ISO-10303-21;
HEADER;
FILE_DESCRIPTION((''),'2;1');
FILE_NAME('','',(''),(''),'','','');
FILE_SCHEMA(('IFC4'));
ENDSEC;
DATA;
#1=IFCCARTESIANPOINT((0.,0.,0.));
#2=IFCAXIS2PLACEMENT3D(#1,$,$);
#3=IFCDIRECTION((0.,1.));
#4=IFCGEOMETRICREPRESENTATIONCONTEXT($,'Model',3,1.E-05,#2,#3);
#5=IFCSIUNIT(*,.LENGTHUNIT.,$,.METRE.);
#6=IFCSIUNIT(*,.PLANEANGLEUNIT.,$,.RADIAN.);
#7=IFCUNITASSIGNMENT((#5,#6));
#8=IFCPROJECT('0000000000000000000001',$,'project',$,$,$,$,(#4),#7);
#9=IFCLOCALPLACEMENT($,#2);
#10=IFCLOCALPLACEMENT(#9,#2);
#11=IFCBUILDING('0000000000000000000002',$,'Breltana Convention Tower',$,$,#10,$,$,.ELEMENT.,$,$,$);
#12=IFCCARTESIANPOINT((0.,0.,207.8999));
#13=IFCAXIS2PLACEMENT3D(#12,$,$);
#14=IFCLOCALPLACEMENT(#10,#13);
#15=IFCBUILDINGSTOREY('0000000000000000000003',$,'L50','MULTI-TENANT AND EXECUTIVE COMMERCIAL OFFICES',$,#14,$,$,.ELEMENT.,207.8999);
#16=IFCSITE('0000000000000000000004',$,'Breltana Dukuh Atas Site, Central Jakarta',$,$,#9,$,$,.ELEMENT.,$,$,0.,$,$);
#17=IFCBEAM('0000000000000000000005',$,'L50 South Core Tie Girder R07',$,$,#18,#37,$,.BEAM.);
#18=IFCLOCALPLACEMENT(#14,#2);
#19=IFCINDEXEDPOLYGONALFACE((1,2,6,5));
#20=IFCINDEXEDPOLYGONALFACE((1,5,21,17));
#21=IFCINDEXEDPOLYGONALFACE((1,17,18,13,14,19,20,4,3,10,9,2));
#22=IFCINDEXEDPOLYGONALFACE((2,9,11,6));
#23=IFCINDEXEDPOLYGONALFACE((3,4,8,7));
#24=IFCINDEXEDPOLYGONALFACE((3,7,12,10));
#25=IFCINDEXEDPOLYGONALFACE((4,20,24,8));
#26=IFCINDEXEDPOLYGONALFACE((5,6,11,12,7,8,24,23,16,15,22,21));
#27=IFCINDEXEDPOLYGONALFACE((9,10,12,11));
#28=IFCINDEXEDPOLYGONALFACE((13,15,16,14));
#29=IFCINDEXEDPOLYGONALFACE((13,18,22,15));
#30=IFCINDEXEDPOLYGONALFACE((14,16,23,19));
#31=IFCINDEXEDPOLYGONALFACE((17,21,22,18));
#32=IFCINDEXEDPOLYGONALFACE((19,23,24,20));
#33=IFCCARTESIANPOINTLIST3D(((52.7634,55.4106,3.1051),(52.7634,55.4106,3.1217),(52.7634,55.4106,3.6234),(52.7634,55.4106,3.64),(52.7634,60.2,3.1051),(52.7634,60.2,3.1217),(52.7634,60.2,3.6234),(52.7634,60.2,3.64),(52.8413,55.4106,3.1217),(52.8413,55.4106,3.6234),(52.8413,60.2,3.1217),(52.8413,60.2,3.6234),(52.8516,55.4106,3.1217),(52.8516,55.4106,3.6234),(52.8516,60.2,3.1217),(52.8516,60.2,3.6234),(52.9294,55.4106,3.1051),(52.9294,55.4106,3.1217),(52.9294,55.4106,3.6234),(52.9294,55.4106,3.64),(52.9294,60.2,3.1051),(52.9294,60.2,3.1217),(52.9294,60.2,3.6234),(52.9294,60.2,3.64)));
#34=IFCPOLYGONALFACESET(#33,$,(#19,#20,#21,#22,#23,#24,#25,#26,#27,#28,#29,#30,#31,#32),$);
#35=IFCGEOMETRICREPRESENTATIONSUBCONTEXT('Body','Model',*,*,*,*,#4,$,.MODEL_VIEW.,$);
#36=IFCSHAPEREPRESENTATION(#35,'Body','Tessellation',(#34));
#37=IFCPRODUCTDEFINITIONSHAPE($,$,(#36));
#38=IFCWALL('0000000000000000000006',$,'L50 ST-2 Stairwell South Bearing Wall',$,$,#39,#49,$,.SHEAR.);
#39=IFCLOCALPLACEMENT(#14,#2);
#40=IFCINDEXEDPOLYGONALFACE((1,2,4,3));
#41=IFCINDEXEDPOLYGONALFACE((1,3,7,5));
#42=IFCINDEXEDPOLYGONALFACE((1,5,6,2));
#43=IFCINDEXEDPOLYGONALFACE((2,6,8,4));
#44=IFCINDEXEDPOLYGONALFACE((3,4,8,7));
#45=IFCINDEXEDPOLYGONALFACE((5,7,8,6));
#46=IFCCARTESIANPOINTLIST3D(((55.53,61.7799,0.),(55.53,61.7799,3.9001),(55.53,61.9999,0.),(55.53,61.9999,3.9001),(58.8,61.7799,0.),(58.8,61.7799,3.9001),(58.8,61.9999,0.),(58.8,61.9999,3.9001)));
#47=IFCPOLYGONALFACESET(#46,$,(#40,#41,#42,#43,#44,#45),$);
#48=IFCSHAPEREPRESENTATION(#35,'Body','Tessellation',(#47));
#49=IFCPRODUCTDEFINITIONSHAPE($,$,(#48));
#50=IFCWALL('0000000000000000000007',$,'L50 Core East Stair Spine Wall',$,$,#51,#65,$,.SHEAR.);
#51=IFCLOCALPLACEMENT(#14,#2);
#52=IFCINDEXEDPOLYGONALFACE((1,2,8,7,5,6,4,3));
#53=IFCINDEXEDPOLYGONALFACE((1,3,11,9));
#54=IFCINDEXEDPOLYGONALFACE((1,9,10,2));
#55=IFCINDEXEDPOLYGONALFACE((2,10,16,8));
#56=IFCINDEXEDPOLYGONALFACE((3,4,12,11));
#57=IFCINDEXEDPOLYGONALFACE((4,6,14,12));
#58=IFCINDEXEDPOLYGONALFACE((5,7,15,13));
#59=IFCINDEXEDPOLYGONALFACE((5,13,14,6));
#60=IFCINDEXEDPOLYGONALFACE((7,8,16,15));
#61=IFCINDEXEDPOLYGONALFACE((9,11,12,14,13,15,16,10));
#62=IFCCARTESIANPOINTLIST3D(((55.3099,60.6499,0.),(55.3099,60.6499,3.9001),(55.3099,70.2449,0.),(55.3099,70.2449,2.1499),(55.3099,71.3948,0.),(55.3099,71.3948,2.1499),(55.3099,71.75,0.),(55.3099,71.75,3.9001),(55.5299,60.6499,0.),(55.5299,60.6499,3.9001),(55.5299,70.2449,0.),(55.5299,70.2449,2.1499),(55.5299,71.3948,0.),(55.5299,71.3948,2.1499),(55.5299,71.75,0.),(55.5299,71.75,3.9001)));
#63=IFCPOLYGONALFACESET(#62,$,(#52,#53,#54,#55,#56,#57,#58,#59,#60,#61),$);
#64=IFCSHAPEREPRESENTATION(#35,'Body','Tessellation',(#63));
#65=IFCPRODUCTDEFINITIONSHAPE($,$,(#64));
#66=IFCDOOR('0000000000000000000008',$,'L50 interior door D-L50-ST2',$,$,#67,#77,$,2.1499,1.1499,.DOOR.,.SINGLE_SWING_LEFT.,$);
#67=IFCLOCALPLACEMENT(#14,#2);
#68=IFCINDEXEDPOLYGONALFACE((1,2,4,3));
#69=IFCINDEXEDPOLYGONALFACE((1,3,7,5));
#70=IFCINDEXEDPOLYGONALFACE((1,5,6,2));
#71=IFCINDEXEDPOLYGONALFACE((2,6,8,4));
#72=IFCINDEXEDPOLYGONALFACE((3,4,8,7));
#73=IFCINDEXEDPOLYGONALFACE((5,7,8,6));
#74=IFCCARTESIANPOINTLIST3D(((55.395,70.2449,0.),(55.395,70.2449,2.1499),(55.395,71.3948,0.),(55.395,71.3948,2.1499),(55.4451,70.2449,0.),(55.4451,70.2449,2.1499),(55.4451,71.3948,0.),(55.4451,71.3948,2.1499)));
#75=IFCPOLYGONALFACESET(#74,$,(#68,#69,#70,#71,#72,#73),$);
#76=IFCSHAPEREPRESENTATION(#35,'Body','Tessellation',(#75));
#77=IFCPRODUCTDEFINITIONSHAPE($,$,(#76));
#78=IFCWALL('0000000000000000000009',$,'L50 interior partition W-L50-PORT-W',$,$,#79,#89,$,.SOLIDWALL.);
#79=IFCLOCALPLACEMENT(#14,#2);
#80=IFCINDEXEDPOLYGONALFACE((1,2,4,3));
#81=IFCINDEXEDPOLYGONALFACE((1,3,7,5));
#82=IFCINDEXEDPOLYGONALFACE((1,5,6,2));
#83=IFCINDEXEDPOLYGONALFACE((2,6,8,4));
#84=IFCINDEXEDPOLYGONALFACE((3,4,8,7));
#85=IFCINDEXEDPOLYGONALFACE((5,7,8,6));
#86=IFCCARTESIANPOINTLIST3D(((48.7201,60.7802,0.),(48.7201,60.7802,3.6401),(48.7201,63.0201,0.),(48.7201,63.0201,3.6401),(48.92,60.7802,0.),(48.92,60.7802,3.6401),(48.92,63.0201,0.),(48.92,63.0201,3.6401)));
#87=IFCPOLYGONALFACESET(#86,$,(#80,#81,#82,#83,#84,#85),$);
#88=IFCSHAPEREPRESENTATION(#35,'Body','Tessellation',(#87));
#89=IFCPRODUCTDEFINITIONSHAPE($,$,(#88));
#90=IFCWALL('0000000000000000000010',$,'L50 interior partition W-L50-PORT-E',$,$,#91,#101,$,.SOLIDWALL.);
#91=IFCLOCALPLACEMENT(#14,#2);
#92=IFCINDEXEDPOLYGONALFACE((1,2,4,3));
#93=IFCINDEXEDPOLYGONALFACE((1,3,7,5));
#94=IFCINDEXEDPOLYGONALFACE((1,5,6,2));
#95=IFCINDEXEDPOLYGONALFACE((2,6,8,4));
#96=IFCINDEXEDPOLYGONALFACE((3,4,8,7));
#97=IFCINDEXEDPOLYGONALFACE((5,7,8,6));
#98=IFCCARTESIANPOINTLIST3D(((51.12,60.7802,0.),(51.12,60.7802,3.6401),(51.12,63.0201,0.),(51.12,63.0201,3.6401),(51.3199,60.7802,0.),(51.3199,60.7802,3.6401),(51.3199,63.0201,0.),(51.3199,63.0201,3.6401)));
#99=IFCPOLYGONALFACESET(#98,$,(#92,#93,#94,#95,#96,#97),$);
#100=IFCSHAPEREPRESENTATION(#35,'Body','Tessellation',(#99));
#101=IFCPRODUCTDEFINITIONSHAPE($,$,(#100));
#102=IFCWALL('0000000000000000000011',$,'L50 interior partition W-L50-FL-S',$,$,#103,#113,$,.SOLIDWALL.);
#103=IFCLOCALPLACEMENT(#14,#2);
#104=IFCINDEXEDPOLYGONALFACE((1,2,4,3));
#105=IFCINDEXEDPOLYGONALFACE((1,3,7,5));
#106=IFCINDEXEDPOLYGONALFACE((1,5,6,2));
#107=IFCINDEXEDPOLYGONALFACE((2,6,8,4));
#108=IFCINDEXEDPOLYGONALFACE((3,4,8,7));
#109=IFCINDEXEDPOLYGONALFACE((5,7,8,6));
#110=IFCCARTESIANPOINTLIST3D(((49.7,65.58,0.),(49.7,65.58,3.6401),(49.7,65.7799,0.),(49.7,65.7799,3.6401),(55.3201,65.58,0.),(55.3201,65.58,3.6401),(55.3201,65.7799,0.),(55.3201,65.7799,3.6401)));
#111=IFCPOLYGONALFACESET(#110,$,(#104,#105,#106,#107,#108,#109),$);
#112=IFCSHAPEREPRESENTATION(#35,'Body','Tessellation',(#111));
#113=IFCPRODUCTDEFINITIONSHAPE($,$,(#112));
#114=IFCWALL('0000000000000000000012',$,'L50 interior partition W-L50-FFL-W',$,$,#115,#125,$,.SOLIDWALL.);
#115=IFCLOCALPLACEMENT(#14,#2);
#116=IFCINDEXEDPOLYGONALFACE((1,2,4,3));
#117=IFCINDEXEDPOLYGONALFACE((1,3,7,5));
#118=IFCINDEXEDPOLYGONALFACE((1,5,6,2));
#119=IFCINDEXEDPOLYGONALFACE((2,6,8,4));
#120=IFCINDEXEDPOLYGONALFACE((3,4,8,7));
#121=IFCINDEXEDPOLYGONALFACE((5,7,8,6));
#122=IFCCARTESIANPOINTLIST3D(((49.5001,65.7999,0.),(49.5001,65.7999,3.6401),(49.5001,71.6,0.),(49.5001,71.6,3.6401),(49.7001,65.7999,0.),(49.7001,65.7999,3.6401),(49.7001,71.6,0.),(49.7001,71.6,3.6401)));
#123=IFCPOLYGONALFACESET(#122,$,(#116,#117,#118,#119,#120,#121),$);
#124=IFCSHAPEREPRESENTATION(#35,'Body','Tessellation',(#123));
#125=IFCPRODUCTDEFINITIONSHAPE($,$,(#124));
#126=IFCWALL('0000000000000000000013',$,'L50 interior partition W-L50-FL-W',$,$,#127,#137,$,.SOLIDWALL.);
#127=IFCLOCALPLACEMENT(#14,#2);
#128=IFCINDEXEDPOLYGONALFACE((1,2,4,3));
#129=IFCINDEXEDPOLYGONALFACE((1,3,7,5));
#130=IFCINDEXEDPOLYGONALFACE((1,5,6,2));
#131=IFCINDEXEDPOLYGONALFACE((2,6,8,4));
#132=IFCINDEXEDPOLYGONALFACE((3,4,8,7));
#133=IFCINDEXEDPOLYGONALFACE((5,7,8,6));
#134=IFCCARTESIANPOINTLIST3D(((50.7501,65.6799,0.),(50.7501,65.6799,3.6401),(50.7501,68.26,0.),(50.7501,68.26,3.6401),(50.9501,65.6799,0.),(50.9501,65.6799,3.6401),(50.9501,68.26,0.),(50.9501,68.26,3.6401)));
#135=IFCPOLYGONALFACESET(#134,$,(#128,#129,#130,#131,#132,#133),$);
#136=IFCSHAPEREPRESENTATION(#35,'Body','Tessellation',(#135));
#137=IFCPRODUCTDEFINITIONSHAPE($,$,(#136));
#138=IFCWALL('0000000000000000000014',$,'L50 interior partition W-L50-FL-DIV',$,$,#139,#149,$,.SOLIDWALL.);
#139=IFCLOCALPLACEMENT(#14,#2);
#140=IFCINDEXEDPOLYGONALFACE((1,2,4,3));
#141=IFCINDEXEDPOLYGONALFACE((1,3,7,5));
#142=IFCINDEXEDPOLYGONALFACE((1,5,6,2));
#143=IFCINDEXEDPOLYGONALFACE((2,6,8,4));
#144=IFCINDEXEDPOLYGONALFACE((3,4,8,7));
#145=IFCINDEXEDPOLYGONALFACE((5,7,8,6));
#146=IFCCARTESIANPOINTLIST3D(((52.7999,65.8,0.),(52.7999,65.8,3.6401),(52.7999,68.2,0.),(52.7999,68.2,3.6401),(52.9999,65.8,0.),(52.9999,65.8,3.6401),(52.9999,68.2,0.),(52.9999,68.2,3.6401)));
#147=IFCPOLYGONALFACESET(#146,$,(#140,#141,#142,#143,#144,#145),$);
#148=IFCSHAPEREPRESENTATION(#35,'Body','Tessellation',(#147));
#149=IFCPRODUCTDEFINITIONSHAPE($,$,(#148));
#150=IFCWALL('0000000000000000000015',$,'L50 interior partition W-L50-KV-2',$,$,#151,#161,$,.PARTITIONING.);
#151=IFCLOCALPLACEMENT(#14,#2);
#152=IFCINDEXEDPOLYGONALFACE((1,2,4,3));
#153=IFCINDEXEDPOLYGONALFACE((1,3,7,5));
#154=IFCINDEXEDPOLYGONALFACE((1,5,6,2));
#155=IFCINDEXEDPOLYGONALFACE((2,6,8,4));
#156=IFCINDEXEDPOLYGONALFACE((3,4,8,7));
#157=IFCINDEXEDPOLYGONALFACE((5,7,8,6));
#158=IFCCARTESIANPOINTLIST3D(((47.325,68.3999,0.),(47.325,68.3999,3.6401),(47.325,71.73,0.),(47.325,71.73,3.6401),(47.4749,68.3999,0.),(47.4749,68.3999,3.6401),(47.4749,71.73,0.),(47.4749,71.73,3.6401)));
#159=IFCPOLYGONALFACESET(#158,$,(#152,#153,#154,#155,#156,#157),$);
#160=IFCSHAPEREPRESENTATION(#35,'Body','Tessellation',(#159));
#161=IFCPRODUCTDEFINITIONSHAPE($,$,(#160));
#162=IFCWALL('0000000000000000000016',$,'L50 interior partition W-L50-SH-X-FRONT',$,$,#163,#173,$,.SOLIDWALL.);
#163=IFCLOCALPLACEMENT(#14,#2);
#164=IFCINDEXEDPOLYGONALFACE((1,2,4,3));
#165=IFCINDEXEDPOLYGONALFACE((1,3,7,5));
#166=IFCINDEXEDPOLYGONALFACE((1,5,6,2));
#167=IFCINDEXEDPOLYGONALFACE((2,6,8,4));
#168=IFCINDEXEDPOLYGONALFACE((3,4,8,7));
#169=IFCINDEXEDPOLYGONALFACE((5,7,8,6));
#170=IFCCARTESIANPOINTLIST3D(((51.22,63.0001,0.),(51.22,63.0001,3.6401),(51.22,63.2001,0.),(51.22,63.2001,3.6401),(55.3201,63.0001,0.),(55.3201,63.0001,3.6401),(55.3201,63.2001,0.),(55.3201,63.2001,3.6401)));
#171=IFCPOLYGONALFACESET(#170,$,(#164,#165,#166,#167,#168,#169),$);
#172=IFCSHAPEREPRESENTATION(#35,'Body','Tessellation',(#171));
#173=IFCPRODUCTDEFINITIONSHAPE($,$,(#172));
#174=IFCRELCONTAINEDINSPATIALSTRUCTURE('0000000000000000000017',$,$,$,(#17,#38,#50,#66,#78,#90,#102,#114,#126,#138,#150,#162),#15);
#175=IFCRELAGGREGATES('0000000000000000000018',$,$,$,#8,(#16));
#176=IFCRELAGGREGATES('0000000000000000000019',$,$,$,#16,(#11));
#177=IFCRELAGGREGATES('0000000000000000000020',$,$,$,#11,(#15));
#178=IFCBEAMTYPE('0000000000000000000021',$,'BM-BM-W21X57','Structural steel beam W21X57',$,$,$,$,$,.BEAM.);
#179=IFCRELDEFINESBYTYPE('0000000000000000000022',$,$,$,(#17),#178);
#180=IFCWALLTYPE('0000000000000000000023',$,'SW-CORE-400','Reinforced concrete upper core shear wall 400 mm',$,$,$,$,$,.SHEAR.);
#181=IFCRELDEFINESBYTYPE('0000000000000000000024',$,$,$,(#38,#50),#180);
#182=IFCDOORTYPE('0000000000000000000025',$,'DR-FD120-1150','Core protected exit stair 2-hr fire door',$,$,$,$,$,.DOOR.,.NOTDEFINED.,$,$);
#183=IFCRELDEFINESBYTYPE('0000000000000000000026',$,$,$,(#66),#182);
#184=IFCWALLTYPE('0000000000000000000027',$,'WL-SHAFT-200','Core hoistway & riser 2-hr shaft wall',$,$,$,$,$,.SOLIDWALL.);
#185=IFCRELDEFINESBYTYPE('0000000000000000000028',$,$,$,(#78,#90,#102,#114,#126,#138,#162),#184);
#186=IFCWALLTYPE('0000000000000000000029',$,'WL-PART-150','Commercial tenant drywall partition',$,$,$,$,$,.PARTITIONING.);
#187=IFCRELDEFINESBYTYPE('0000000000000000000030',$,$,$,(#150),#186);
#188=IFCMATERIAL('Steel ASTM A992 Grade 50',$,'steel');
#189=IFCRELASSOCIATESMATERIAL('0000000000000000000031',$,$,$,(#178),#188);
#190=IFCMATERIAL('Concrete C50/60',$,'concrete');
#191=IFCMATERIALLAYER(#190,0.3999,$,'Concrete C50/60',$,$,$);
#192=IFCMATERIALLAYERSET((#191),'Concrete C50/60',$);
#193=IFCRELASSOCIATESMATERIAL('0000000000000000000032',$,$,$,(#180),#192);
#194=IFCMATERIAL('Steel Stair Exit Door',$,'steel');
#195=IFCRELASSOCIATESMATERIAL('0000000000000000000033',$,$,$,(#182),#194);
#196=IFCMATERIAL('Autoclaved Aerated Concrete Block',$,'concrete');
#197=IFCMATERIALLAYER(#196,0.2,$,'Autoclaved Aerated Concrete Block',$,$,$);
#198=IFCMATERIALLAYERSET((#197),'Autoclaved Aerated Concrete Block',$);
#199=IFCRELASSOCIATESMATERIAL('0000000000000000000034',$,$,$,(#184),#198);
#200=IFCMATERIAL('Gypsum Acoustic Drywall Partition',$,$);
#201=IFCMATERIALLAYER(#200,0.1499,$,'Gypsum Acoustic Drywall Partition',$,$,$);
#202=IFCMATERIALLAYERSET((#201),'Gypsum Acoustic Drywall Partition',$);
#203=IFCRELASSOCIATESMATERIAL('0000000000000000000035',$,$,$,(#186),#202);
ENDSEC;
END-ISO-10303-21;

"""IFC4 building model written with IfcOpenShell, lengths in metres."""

from ifc_helpers import new_model, si_unit, direction, frame, frame_2d, origin, origin_2d, place, context, subcontext, project, spatial, rectangle, i_section, extrude, source, transform, mapped, material, layer, layer_set, material_profile, profile_set, type_object, type_shapes, element, fill, save


model = new_model("IFC4")

# Units and contexts
model_context = context("Model", 3, precision=1e-05, world=origin(), true_north=direction((0.0, 1.0)))
body_context = subcontext(model_context, "Body", "Model", "MODEL_VIEW")
ifc_project = project(units=[si_unit("LENGTHUNIT", "METRE"), si_unit("PLANEANGLEUNIT", "RADIAN")], contexts=[model_context])

# Site, building, storey
site_placement = place(None, origin())
site = spatial("IfcSite", under=ifc_project, at=site_placement, Name="Breltana Dukuh Atas Site, Central Jakarta", CompositionType="ELEMENT", RefElevation=0.0)
building_placement = place(site_placement, origin())
building = spatial("IfcBuilding", under=site, at=building_placement, Name="Breltana Convention Tower", CompositionType="ELEMENT")
storey_placement = place(building_placement, frame((0.0, 0.0, 207.8999)))
storey = spatial("IfcBuildingStorey", under=building, at=storey_placement, Name="L50", Description="MULTI-TENANT AND EXECUTIVE COMMERCIAL OFFICES", CompositionType="ELEMENT", Elevation=207.8999)

# Beam
ifc_material_1 = material(Name="Steel ASTM A992 Grade 50", Category="steel")
ifc_material_profile = material_profile(ifc_material_1, i_section(OverallWidth=0.166, OverallDepth=0.5349, WebThickness=0.0103, FlangeThickness=0.0166, at=origin_2d()), Name="W21X57")
ifc_profile_set = profile_set([ifc_material_profile], Name="Steel ASTM A992 Grade 50")
beam_type = type_object("IfcBeamType", Name="BM-BM-W21X57", Description="Structural steel beam W21X57", PredefinedType="BEAM", material=ifc_profile_set)
shared_shape_1 = source(origin(), body_context, "Body", "SweptSolid", [
    extrude(i_section(OverallWidth=0.166, OverallDepth=0.5349, WebThickness=0.0103, FlangeThickness=0.0166, at=origin_2d()), origin(), (0.0, 0.0, 1.0), 4.7893),
])
beam_placement = place(storey_placement, frame((52.8464, 60.2, 3.3726), z_axis=(0.0, -1.0, 0.0), x_axis=(1.0, 0.0, 0.0)))
element("IfcBeam", 1, at=beam_placement, inside=storey, type_object=beam_type, Name="L50 South Core Tie Girder R07", PredefinedType="BEAM", context=body_context, shape_type="MappedRepresentation", body=[
    mapped(shared_shape_1, transform((0.0, 0.0, 0.0), scale=1.0)),
])

# Wall
ifc_material_2 = material(Name="Concrete C50/60", Category="concrete")
ifc_layer_1 = layer(ifc_material_2, 0.3999, Name="Concrete C50/60")
ifc_layer_set_1 = layer_set([ifc_layer_1], Name="Concrete C50/60")
wall_type_1 = type_object("IfcWallType", Name="SW-CORE-400", Description="Reinforced concrete upper core shear wall 400 mm", PredefinedType="SHEAR", material=ifc_layer_set_1)
shared_shape_2 = source(origin(), body_context, "Body", "SweptSolid", [
    extrude(rectangle(XDim=3.27, YDim=0.22, at=frame_2d((1.635, 0.0))), origin(), (0.0, 0.0, 1.0), 3.9001),
])
wall_1_placement = place(storey_placement, frame((55.53, 61.8899, 0.0), z_axis=(0.0, 0.0, 1.0), x_axis=(1.0, 0.0, 0.0)))
element("IfcWall", 2, at=wall_1_placement, inside=storey, type_object=wall_type_1, Name="L50 ST-2 Stairwell South Bearing Wall", PredefinedType="SHEAR", context=body_context, shape_type="MappedRepresentation", body=[
    mapped(shared_shape_2, transform((0.0, 0.0, 0.0), scale=1.0)),
])

# Wall, opening, door
shared_shape_3 = source(origin(), body_context, "Body", "SweptSolid", [
    extrude(rectangle(XDim=11.1001, YDim=0.22, at=frame_2d((5.55, 0.0))), origin(), (0.0, 0.0, 1.0), 3.9001),
])
wall_2_placement = place(storey_placement, frame((55.4199, 60.6499, 0.0), z_axis=(0.0, 0.0, 1.0), x_axis=(0.0, 1.0, 0.0)))
wall_2 = element("IfcWall", 3, at=wall_2_placement, inside=storey, type_object=wall_type_1, Name="L50 Core East Stair Spine Wall", PredefinedType="SHEAR", context=body_context, shape_type="MappedRepresentation", body=[
    mapped(shared_shape_3, transform((0.0, 0.0, 0.0), scale=1.0)),
])
opening_1_placement = place(wall_2_placement, frame((9.595, 0.0, 0.0)))
opening_1 = element("IfcOpeningElement", 4, at=opening_1_placement, cuts=wall_2, PredefinedType="OPENING", context=body_context, shape_type="SweptSolid", body=[
    extrude(rectangle(XDim=1.1499, YDim=2.1499, at=frame_2d((0.575, 1.075))), frame((0.0, 0.1201, 0.0), z_axis=(0.0, -1.0, 0.0), x_axis=(1.0, 0.0, 0.0)), (0.0, 0.0, 1.0), 0.24),
])
ifc_material_3 = material(Name="Steel Stair Exit Door", Category="steel")
door_type_1 = type_object("IfcDoorType", Name="DR-FD120-1150", Description="Core protected exit stair 2-hr fire door", OperationType="NOTDEFINED", PredefinedType="DOOR", material=ifc_material_3)
shared_shape_4 = source(origin(), body_context, "Body", "SweptSolid", [
    extrude(rectangle(XDim=1.1499, YDim=2.1499, at=frame_2d((0.575, 1.075))), frame((0.0, 0.0249, 0.0), z_axis=(0.0, -1.0, 0.0), x_axis=(1.0, 0.0, 0.0)), (0.0, 0.0, 1.0), 0.05),
])
type_shapes(door_type_1, [shared_shape_4])
door_1_placement = place(opening_1_placement, origin())
door_1 = element("IfcDoor", 5, at=door_1_placement, inside=storey, type_object=door_type_1, Name="L50 interior door D-L50-ST2", OperationType="SINGLE_SWING_LEFT", OverallHeight=2.1499, OverallWidth=1.1499, PredefinedType="DOOR", context=body_context, shape_type="MappedRepresentation", body=[
    mapped(shared_shape_4, transform((0.0, 0.0, 0.0), scale=1.0)),
])
fill(opening_1, door_1)

# Walls
ifc_material_4 = material(Name="Autoclaved Aerated Concrete Block", Category="concrete")
ifc_layer_2 = layer(ifc_material_4, 0.2, Name="Autoclaved Aerated Concrete Block")
ifc_layer_set_2 = layer_set([ifc_layer_2], Name="Autoclaved Aerated Concrete Block")
wall_type_2 = type_object("IfcWallType", Name="WL-SHAFT-200", Description="Core hoistway & riser 2-hr shaft wall", PredefinedType="SOLIDWALL", material=ifc_layer_set_2)
shared_shape_5 = source(origin(), body_context, "Body", "SweptSolid", [
    extrude(rectangle(XDim=2.24, YDim=0.2, at=frame_2d((1.1201, 0.0))), origin(), (0.0, 0.0, 1.0), 3.6401),
])
for number, where, z_axis, x_axis, name in (
    (6, (48.8201, 60.78, 0.0), (0.0, 0.0, 1.0), (0.0, 1.0, 0.0), "L50 interior partition W-L50-PORT-W"),
    (7, (51.22, 60.78, 0.0), (0.0, 0.0, 1.0), (0.0, 1.0, 0.0), "L50 interior partition W-L50-PORT-E"),
):
    element("IfcWall", number, at=place(storey_placement, frame(where, z_axis=z_axis, x_axis=x_axis)), inside=storey, type_object=wall_type_2, Name=name, PredefinedType="SOLIDWALL", context=body_context, shape_type="MappedRepresentation", body=[
        mapped(shared_shape_5, transform((0.0, 0.0, 0.0), scale=1.0)),
    ])

# Shared definitions
shared_shape_6 = source(origin(), body_context, "Body", "SweptSolid", [
    extrude(rectangle(XDim=5.6201, YDim=0.2, at=frame_2d((2.8101, 0.0))), origin(), (0.0, 0.0, 1.0), 3.6401),
])

# Walls
wall_3_placement = place(storey_placement, frame((49.7, 65.6799, 0.0), z_axis=(0.0, 0.0, 1.0), x_axis=(1.0, 0.0, 0.0)))
element("IfcWall", 8, at=wall_3_placement, inside=storey, type_object=wall_type_2, Name="L50 interior partition W-L50-FL-S", PredefinedType="SOLIDWALL", context=body_context, shape_type="MappedRepresentation", body=[
    mapped(shared_shape_6, transform((0.0, 0.0, 0.0), scale=1.0)),
])
shared_shape_7 = source(origin(), body_context, "Body", "SweptSolid", [
    extrude(rectangle(XDim=5.8, YDim=0.2, at=frame_2d((2.8999, 0.0))), origin(), (0.0, 0.0, 1.0), 3.6401),
])
wall_4_placement = place(storey_placement, frame((49.6001, 65.8, 0.0), z_axis=(0.0, 0.0, 1.0), x_axis=(0.0, 1.0, 0.0)))
element("IfcWall", 9, at=wall_4_placement, inside=storey, type_object=wall_type_2, Name="L50 interior partition W-L50-FFL-W", PredefinedType="SOLIDWALL", context=body_context, shape_type="MappedRepresentation", body=[
    mapped(shared_shape_7, transform((0.0, 0.0, 0.0), scale=1.0)),
])
shared_shape_8 = source(origin(), body_context, "Body", "SweptSolid", [
    extrude(rectangle(XDim=2.5801, YDim=0.2, at=frame_2d((1.29, 0.0))), origin(), (0.0, 0.0, 1.0), 3.6401),
])
wall_5_placement = place(storey_placement, frame((50.8501, 65.6799, 0.0), z_axis=(0.0, 0.0, 1.0), x_axis=(0.0, 1.0, 0.0)))
element("IfcWall", 10, at=wall_5_placement, inside=storey, type_object=wall_type_2, Name="L50 interior partition W-L50-FL-W", PredefinedType="SOLIDWALL", context=body_context, shape_type="MappedRepresentation", body=[
    mapped(shared_shape_8, transform((0.0, 0.0, 0.0), scale=1.0)),
])
shared_shape_9 = source(origin(), body_context, "Body", "SweptSolid", [
    extrude(rectangle(XDim=2.3999, YDim=0.2, at=frame_2d((1.2, 0.0))), origin(), (0.0, 0.0, 1.0), 3.6401),
])
wall_6_placement = place(storey_placement, frame((52.8999, 65.8, 0.0), z_axis=(0.0, 0.0, 1.0), x_axis=(0.0, 1.0, 0.0)))
element("IfcWall", 11, at=wall_6_placement, inside=storey, type_object=wall_type_2, Name="L50 interior partition W-L50-FL-DIV", PredefinedType="SOLIDWALL", context=body_context, shape_type="MappedRepresentation", body=[
    mapped(shared_shape_9, transform((0.0, 0.0, 0.0), scale=1.0)),
])
ifc_material_5 = material(Name="Gypsum Acoustic Drywall Partition")
ifc_layer_3 = layer(ifc_material_5, 0.1499, Name="Gypsum Acoustic Drywall Partition")
ifc_layer_set_3 = layer_set([ifc_layer_3], Name="Gypsum Acoustic Drywall Partition")
wall_type_3 = type_object("IfcWallType", Name="WL-PART-150", Description="Commercial tenant drywall partition", PredefinedType="PARTITIONING", material=ifc_layer_set_3)
shared_shape_10 = source(origin(), body_context, "Body", "SweptSolid", [
    extrude(rectangle(XDim=3.3301, YDim=0.1499, at=frame_2d((1.665, 0.0))), origin(), (0.0, 0.0, 1.0), 3.6401),
])
wall_7_placement = place(storey_placement, frame((47.3999, 68.3999, 0.0), z_axis=(0.0, 0.0, 1.0), x_axis=(0.0, 1.0, 0.0)))
element("IfcWall", 12, at=wall_7_placement, inside=storey, type_object=wall_type_3, Name="L50 interior partition W-L50-KV-2", PredefinedType="PARTITIONING", context=body_context, shape_type="MappedRepresentation", body=[
    mapped(shared_shape_10, transform((0.0, 0.0, 0.0), scale=1.0)),
])
shared_shape_11 = source(origin(), body_context, "Body", "SweptSolid", [
    extrude(rectangle(XDim=4.1001, YDim=0.2, at=frame_2d((2.05, 0.0))), origin(), (0.0, 0.0, 1.0), 3.6401),
])
wall_8_placement = place(storey_placement, frame((51.22, 63.1001, 0.0), z_axis=(0.0, 0.0, 1.0), x_axis=(1.0, 0.0, 0.0)))
element("IfcWall", 13, at=wall_8_placement, inside=storey, type_object=wall_type_2, Name="L50 interior partition W-L50-SH-X-FRONT", PredefinedType="SOLIDWALL", context=body_context, shape_type="MappedRepresentation", body=[
    mapped(shared_shape_11, transform((0.0, 0.0, 0.0), scale=1.0)),
])

save(model, "model.ifc")
